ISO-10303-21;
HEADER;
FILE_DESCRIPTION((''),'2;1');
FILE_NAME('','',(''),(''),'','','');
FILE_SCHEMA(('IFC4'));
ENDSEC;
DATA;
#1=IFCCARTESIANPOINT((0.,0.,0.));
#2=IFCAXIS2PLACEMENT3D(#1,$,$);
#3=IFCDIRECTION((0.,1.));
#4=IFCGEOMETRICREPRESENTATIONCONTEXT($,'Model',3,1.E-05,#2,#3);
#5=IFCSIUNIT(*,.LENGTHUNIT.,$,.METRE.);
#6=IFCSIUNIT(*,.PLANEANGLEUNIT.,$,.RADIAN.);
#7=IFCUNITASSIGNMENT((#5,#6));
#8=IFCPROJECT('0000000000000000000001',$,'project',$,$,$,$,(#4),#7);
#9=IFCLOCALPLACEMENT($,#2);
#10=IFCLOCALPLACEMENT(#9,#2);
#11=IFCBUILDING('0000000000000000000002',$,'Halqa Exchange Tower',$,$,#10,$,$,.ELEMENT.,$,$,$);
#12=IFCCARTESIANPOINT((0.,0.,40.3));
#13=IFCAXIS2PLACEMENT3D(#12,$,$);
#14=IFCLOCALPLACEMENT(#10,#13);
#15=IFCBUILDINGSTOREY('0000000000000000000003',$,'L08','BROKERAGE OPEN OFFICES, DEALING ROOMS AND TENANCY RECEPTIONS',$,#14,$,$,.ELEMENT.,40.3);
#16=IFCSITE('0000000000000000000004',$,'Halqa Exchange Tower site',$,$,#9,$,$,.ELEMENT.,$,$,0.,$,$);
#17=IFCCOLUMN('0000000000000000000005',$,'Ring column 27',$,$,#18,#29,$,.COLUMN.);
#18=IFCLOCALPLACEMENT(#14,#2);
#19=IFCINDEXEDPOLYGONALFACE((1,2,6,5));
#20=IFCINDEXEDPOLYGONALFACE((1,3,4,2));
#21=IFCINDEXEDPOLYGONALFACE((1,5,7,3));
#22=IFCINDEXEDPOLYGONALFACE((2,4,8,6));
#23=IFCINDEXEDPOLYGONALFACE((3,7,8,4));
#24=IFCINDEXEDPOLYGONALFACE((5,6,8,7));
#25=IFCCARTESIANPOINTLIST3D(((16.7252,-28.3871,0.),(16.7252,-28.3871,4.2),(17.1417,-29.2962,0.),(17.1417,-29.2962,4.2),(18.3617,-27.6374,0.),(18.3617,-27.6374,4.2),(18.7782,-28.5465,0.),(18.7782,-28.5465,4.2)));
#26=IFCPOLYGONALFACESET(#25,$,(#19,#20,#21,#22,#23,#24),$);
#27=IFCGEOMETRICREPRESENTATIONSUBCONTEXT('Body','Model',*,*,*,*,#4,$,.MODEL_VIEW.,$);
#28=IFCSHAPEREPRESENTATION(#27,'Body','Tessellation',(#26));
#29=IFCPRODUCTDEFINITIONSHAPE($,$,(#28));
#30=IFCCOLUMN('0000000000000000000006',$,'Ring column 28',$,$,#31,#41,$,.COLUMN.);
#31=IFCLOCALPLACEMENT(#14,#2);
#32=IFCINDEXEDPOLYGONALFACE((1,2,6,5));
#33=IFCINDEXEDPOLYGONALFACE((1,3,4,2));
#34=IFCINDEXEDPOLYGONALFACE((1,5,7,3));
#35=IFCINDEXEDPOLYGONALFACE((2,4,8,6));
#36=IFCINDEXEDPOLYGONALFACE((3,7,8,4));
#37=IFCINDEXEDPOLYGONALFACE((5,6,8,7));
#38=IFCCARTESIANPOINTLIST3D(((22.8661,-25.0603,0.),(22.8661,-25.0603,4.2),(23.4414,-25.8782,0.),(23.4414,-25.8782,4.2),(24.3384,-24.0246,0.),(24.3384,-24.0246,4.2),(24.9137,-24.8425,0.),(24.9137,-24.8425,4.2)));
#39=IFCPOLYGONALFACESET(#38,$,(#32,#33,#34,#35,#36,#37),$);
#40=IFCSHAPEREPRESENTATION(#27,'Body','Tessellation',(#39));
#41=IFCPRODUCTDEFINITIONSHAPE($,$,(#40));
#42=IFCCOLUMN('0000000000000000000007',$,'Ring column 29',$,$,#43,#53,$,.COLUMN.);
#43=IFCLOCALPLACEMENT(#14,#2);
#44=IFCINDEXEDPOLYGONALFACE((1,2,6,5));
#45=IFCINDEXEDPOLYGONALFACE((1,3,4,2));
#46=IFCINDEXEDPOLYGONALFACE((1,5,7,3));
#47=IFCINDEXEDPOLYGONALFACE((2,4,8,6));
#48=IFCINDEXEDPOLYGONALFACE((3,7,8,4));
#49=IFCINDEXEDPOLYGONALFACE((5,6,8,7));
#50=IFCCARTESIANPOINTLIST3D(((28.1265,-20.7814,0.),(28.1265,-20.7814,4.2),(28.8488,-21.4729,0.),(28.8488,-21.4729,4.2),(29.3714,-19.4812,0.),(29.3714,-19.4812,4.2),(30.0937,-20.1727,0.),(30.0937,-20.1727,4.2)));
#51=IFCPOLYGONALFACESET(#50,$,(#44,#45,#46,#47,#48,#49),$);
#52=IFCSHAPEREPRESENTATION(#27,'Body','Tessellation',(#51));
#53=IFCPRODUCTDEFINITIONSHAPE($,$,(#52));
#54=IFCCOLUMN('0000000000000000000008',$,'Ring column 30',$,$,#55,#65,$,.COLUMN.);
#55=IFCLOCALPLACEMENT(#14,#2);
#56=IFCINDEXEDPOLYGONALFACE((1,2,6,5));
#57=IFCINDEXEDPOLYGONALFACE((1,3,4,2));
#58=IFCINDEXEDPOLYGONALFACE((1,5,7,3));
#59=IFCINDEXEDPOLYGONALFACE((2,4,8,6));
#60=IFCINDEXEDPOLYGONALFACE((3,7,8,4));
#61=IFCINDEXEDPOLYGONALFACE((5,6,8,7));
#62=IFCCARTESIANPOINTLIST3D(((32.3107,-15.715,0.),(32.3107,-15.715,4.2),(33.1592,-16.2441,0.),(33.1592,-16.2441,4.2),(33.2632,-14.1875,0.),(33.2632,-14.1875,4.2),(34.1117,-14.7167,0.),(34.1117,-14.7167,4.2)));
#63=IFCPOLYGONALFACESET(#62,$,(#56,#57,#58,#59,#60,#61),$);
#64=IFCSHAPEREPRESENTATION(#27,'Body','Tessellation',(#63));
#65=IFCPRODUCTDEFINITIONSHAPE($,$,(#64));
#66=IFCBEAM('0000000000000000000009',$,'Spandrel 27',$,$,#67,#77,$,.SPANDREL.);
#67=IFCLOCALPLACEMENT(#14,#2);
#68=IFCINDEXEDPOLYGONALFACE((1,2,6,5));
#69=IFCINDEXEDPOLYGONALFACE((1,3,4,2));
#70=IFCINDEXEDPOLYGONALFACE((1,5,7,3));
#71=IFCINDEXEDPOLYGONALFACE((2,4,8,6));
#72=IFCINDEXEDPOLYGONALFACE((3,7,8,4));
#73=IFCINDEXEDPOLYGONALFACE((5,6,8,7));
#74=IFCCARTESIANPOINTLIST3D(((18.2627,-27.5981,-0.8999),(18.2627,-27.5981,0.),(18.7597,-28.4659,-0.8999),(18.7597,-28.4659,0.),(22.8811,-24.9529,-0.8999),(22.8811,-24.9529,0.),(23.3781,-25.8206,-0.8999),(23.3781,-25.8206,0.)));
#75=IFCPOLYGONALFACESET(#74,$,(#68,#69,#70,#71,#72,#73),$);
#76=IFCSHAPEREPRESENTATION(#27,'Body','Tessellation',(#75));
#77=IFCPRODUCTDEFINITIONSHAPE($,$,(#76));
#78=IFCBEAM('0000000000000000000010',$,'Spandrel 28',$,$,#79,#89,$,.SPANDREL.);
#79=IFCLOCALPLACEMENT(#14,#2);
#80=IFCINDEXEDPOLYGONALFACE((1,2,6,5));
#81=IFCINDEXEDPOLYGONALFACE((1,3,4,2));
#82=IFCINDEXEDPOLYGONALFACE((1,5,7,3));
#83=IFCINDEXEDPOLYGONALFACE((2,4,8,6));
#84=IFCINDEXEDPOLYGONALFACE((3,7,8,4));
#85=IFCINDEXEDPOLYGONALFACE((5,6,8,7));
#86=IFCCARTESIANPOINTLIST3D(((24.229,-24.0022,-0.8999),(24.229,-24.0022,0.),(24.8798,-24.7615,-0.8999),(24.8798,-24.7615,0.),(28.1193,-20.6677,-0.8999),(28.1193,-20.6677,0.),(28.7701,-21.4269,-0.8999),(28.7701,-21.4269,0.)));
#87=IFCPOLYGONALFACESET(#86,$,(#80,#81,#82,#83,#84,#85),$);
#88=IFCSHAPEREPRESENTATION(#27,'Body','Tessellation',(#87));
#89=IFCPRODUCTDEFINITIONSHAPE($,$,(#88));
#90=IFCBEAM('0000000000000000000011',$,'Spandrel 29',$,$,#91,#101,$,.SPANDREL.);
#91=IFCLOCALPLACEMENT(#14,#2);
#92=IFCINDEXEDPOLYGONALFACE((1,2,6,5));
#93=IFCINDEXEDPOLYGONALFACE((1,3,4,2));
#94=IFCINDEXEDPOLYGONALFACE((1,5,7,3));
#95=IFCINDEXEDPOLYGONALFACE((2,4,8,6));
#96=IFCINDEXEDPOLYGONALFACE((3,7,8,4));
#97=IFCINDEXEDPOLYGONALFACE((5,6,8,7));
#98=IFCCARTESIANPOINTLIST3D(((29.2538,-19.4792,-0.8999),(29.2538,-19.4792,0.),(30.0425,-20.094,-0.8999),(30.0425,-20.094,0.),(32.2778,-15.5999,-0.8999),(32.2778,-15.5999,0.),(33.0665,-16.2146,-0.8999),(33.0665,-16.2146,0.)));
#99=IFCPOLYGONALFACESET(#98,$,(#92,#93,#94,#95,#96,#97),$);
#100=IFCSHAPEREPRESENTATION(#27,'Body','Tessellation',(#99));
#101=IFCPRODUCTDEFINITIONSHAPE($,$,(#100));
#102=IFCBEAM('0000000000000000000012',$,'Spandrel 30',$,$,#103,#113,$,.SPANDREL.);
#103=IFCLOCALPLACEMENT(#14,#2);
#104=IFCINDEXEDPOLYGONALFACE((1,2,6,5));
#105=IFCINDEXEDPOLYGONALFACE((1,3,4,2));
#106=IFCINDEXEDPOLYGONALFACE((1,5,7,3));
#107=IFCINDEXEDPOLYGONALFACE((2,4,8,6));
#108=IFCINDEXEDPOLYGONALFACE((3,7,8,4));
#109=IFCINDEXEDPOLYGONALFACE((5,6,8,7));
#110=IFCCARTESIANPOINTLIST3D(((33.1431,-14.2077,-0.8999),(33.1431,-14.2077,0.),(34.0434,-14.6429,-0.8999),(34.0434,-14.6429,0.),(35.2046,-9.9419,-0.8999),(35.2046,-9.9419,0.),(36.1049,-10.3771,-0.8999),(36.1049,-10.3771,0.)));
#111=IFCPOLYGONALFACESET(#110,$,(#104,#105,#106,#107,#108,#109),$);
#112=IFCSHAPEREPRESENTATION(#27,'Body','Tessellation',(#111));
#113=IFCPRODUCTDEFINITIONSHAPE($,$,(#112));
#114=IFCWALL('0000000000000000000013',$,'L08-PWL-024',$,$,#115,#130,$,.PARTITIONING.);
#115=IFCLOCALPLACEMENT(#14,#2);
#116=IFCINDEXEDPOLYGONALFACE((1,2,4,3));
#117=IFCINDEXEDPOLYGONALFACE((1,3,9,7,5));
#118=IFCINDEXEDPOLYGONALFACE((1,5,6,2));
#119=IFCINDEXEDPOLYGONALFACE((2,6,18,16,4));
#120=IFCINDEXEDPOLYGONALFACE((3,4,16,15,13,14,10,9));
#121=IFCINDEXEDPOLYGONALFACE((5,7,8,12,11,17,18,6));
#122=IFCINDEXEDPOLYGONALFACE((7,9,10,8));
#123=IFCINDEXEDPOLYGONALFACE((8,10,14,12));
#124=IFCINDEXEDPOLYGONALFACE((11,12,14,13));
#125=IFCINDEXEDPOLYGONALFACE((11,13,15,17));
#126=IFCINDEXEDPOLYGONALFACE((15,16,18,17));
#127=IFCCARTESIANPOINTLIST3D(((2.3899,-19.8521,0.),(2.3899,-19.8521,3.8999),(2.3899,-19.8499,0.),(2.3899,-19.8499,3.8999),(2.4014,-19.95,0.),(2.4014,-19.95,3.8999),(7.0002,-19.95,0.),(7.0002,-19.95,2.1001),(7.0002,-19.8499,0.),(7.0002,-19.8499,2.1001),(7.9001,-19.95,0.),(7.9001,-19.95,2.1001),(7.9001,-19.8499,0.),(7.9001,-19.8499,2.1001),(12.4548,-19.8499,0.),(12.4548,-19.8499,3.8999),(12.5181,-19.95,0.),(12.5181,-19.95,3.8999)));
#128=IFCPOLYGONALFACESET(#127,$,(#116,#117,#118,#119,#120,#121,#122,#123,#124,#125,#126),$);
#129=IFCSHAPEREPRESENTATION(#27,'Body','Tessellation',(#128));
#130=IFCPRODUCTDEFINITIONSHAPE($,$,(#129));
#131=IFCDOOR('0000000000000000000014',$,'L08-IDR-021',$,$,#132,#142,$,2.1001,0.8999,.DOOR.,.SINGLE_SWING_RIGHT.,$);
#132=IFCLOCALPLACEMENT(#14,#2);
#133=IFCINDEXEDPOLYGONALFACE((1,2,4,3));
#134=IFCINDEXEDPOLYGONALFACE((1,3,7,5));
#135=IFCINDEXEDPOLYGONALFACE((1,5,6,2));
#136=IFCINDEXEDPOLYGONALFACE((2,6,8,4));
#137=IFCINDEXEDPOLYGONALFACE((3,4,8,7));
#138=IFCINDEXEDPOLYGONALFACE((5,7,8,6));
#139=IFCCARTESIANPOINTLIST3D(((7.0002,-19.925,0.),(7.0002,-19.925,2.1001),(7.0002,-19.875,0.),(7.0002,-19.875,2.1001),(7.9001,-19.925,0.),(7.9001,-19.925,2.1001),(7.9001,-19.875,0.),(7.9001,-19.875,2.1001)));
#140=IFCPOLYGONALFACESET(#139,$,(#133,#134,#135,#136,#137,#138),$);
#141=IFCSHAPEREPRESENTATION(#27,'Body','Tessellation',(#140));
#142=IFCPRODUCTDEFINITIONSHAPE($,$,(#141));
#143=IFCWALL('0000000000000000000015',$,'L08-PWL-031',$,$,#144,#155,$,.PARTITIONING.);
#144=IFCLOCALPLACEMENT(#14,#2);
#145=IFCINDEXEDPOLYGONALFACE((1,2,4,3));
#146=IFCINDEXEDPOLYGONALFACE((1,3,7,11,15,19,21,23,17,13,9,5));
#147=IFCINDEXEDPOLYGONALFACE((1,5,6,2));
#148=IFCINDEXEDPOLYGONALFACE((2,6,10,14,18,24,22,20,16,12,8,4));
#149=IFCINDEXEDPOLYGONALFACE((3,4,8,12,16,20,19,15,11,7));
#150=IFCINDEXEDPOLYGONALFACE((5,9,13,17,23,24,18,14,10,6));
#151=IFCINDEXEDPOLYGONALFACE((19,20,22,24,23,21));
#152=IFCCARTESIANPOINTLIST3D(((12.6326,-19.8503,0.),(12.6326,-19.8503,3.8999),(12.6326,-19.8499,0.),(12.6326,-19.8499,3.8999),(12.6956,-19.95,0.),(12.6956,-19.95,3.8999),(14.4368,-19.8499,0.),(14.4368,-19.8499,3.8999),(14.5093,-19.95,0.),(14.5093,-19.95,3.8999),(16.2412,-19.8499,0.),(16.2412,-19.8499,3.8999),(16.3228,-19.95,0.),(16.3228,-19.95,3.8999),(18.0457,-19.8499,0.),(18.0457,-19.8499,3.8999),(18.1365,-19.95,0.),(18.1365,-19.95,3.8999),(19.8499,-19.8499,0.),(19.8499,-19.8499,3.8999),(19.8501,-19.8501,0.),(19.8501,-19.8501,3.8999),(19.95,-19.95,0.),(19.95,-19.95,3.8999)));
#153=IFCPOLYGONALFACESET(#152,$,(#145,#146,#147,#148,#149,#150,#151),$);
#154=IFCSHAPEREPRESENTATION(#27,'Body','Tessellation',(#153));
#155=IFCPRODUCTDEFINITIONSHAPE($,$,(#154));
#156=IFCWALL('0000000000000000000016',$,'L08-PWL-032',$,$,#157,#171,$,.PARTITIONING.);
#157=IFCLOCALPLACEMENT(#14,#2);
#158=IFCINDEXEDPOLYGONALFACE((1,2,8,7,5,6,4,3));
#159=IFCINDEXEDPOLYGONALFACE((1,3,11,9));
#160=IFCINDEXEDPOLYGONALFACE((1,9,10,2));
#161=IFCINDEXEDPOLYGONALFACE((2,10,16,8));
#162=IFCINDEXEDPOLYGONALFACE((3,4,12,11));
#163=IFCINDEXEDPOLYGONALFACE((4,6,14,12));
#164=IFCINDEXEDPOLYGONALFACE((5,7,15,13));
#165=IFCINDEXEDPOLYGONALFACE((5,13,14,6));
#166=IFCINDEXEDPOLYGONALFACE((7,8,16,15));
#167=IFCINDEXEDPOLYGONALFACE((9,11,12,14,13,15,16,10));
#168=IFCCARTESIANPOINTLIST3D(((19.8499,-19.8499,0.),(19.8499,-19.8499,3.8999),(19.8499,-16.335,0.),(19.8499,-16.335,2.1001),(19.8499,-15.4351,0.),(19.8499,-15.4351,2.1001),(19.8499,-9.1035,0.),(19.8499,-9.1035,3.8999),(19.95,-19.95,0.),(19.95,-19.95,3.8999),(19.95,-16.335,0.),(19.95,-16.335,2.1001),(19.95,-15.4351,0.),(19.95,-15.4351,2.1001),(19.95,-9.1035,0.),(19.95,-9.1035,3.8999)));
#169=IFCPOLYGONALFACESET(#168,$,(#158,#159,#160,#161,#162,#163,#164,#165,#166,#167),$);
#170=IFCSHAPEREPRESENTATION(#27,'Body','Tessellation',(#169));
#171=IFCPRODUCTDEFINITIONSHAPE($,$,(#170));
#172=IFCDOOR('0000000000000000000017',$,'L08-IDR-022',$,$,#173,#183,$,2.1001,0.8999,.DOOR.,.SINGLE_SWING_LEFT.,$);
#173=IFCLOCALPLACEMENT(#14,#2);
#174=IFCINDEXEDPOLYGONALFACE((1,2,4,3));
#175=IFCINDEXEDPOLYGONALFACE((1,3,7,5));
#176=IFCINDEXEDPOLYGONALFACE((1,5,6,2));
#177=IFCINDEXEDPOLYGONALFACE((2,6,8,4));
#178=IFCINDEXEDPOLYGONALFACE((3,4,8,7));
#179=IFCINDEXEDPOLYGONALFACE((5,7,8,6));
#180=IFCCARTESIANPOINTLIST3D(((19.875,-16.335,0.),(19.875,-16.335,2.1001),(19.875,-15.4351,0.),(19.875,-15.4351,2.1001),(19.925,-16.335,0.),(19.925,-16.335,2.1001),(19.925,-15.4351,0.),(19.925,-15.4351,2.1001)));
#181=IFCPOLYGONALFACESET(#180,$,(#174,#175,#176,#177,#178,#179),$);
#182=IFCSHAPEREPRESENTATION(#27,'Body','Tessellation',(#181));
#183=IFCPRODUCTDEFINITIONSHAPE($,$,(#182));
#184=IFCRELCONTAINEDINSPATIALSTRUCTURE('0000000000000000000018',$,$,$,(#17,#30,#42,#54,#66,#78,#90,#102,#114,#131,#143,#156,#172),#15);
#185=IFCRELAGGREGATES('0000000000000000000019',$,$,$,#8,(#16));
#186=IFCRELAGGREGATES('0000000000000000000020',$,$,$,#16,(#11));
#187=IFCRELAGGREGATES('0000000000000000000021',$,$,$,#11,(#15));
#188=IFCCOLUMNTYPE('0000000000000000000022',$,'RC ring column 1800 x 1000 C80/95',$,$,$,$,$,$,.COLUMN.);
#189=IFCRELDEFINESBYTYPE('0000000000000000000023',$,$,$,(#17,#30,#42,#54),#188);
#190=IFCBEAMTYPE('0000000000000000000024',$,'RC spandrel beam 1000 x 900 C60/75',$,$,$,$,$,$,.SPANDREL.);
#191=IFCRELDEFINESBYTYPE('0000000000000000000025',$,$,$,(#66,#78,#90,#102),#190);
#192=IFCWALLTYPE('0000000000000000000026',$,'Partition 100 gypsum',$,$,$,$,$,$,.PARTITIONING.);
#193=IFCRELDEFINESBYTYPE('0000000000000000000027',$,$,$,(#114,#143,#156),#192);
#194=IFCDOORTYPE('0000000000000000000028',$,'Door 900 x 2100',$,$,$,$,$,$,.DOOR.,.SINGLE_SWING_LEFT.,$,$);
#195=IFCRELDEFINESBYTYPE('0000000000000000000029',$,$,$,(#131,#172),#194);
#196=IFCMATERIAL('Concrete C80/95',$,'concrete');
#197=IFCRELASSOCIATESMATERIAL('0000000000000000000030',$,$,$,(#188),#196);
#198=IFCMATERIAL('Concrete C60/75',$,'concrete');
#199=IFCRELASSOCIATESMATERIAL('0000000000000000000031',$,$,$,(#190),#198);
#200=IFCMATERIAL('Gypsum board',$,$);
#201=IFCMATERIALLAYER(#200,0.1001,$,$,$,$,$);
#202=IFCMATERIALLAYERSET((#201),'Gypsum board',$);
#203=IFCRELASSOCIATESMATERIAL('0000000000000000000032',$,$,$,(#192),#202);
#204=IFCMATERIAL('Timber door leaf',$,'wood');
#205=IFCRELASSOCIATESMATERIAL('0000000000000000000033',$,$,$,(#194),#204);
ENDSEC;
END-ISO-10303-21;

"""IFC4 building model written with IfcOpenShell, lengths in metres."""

from ifc_helpers import new_model, si_unit, direction, frame, frame_2d, origin, origin_2d, place, context, subcontext, project, spatial, polyline, rectangle, outline, extrude, material, layer, layer_set, material_profile, profile_set, type_object, element, fill, save


model = new_model("IFC4")

# Units and contexts
model_context = context("Model", 3, precision=1e-05, world=origin(), true_north=direction((0.0, 1.0)))
body_context = subcontext(model_context, "Body", "Model", "MODEL_VIEW")
ifc_project = project(units=[si_unit("LENGTHUNIT", "METRE"), si_unit("PLANEANGLEUNIT", "RADIAN")], contexts=[model_context])

# Site, building, storey
site_placement = place(None, origin())
site = spatial("IfcSite", under=ifc_project, at=site_placement, Name="Halqa Exchange Tower site", CompositionType="ELEMENT", RefElevation=0.0)
building_placement = place(site_placement, origin())
building = spatial("IfcBuilding", under=site, at=building_placement, Name="Halqa Exchange Tower", CompositionType="ELEMENT")
storey_placement = place(building_placement, frame((0.0, 0.0, 40.3)))
storey = spatial("IfcBuildingStorey", under=building, at=storey_placement, Name="L08", Description="BROKERAGE OPEN OFFICES, DEALING ROOMS AND TENANCY RECEPTIONS", CompositionType="ELEMENT", Elevation=40.3)

# Columns
ifc_material_1 = material(Name="Concrete C80/95", Category="concrete")
ifc_material_profile_1 = material_profile(ifc_material_1, rectangle(XDim=1.8, YDim=1.0, at=origin_2d()), Name="1800 x 1000")
ifc_profile_set_1 = profile_set([ifc_material_profile_1], Name="Concrete C80/95")
column_type = type_object("IfcColumnType", Name="RC ring column 1800 x 1000 C80/95", PredefinedType="COLUMN", material=ifc_profile_set_1)
for number, where, z_axis, x_axis, name in (
    (1, (17.7517, -28.4668, 0.0), (0.0, 0.0, 1.0), (0.909128, 0.416517, 0.0), "Ring column 27"),
    (2, (23.8899, -24.9514, 0.0), (0.0, 0.0, 1.0), (0.817912, 0.575344, 0.0), "Ring column 28"),
    (3, (29.1101, -20.4771, 0.0), (0.0, 0.0, 1.0), (0.691575, 0.722305, 0.0), "Ring column 29"),
    (4, (33.2112, -15.2158, 0.0), (0.0, 0.0, 1.0), (0.529142, 0.848533, 0.0), "Ring column 30"),
):
    element("IfcColumn", number, at=place(storey_placement, frame(where, z_axis=z_axis, x_axis=x_axis)), inside=storey, type_object=column_type, Name=name, PredefinedType="COLUMN", context=body_context, shape_type="SweptSolid", body=[
        extrude(rectangle(XDim=1.8, YDim=1.0, at=origin_2d()), origin(), (0.0, 0.0, 1.0), 4.2),
    ])

# Beams
ifc_material_2 = material(Name="Concrete C60/75", Category="concrete")
ifc_material_profile_2 = material_profile(ifc_material_2, rectangle(XDim=1.0, YDim=0.8999, at=origin_2d()), Name="1000 x 900")
ifc_profile_set_2 = profile_set([ifc_material_profile_2], Name="Concrete C60/75")
beam_type = type_object("IfcBeamType", Name="RC spandrel beam 1000 x 900 C60/75", PredefinedType="SPANDREL", material=ifc_profile_set_2)
beam_1_placement = place(storey_placement, frame((18.5112, -28.032, -0.45), z_axis=(0.867743, 0.497013, 0.0), x_axis=(-0.497013, 0.867743, 0.0)))
element("IfcBeam", 5, at=beam_1_placement, inside=storey, type_object=beam_type, Name="Spandrel 27", PredefinedType="SPANDREL", context=body_context, shape_type="SweptSolid", body=[
    extrude(rectangle(XDim=1.0, YDim=0.8999, at=origin_2d()), origin(), (0.0, 0.0, 1.0), 5.3223),
])
beam_2_placement = place(storey_placement, frame((24.5544, -24.3818, -0.45), z_axis=(0.75925, 0.650799, 0.0), x_axis=(-0.650799, 0.75925, 0.0)))
element("IfcBeam", 6, at=beam_2_placement, inside=storey, type_object=beam_type, Name="Spandrel 28", PredefinedType="SPANDREL", context=body_context, shape_type="SweptSolid", body=[
    extrude(rectangle(XDim=1.0, YDim=0.8999, at=origin_2d()), origin(), (0.0, 0.0, 1.0), 5.1238),
])
beam_3_placement = place(storey_placement, frame((29.6482, -19.7866, -0.45), z_axis=(0.614779, 0.7887, 0.0), x_axis=(-0.7887, 0.614779, 0.0)))
element("IfcBeam", 7, at=beam_3_placement, inside=storey, type_object=beam_type, Name="Spandrel 29", PredefinedType="SPANDREL", context=body_context, shape_type="SweptSolid", body=[
    extrude(rectangle(XDim=1.0, YDim=0.8999, at=origin_2d()), origin(), (0.0, 0.0, 1.0), 4.9187),
])
beam_4_placement = place(storey_placement, frame((33.5933, -14.4253, -0.45), z_axis=(0.435115, 0.900375, 0.0), x_axis=(-0.900375, 0.435115, 0.0)))
element("IfcBeam", 8, at=beam_4_placement, inside=storey, type_object=beam_type, Name="Spandrel 30", PredefinedType="SPANDREL", context=body_context, shape_type="SweptSolid", body=[
    extrude(rectangle(XDim=1.0, YDim=0.8999, at=origin_2d()), origin(), (0.0, 0.0, 1.0), 4.7378),
])

# Wall, opening, door
ifc_material_3 = material(Name="Gypsum board")
ifc_layer_1 = layer(ifc_material_3, 0.1001)
ifc_layer_set_1 = layer_set([ifc_layer_1], Name="Gypsum board")
wall_type_1 = type_object("IfcWallType", Name="Partition 100 gypsum", PredefinedType="PARTITIONING", material=ifc_layer_set_1)
wall_1_placement = place(storey_placement, frame((12.5181, -19.8999, 0.0), z_axis=(0.0, 0.0, 1.0), x_axis=(-1.0, 0.0, 0.0)))
wall_1 = element("IfcWall", 9, at=wall_1_placement, inside=storey, type_object=wall_type_1, Name="L08-PWL-024", PredefinedType="PARTITIONING", context=body_context, shape_type="SweptSolid", body=[
    extrude(outline(polyline([(10.1282, -0.05), (10.1282, -0.0479), (10.1167, 0.05), (8.4307, 0.05), (6.7446, 0.05), (5.0583, 0.05), (3.3723, 0.05), (1.686, 0.05), (0.0, 0.05), (0.0, 0.05), (0.0632, -0.05), (1.7407, -0.05), (3.4182, -0.05), (5.0957, -0.05), (6.7732, -0.05), (8.4507, -0.05), (10.1282, -0.05)])), origin(), (0.0, 0.0, 1.0), 3.8999),
])
opening_1_placement = place(wall_1_placement, frame((4.6179, 0.0, 0.0)))
opening_1 = element("IfcOpeningElement", 10, at=opening_1_placement, cuts=wall_1, PredefinedType="OPENING", context=body_context, shape_type="SweptSolid", body=[
    extrude(rectangle(XDim=0.8999, YDim=2.1001, at=frame_2d((0.45, 1.05))), frame((0.0, 0.062, 0.0), z_axis=(0.0, -1.0, 0.0), x_axis=(1.0, 0.0, 0.0)), (0.0, 0.0, 1.0), 0.124),
])
ifc_material_4 = material(Name="Timber door leaf", Category="wood")
door_type_1 = type_object("IfcDoorType", Name="Door 900 x 2100", OperationType="SINGLE_SWING_LEFT", PredefinedType="DOOR", material=ifc_material_4)
door_1_placement = place(opening_1_placement, frame((0.8999, 0.0, 0.0), z_axis=(0.0, 0.0, 1.0), x_axis=(-1.0, 0.0, 0.0)))
door_1 = element("IfcDoor", 11, at=door_1_placement, inside=storey, type_object=door_type_1, Name="L08-IDR-021", OperationType="SINGLE_SWING_RIGHT", OverallHeight=2.1001, OverallWidth=0.8999, PredefinedType="DOOR", context=body_context, shape_type="SweptSolid", body=[
    extrude(rectangle(XDim=0.8999, YDim=2.1001, at=frame_2d((0.45, 1.05))), frame((0.0, 0.0249, 0.0), z_axis=(0.0, -1.0, 0.0), x_axis=(1.0, 0.0, 0.0)), (0.0, 0.0, 1.0), 0.05),
])
fill(opening_1, door_1)

# Wall
wall_2_placement = place(storey_placement, frame((19.95, -19.8999, 0.0), z_axis=(0.0, 0.0, 1.0), x_axis=(-1.0, 0.0, 0.0)))
element("IfcWall", 12, at=wall_2_placement, inside=storey, type_object=wall_type_1, Name="L08-PWL-031", PredefinedType="PARTITIONING", context=body_context, shape_type="SweptSolid", body=[
    extrude(outline(polyline([(7.3174, -0.05), (7.3174, -0.0496), (7.2544, 0.05), (5.4407, 0.05), (3.6272, 0.05), (1.8135, 0.05), (0.0, 0.05), (0.0999, -0.0498), (0.1001, -0.05), (1.9043, -0.05), (3.7087, -0.05), (5.5132, -0.05), (7.3174, -0.05)])), origin(), (0.0, 0.0, 1.0), 3.8999),
])

# Wall, opening, door
wall_3_placement = place(storey_placement, frame((19.8999, -19.95, 0.0), z_axis=(0.0, 0.0, 1.0), x_axis=(0.0, 1.0, 0.0)))
wall_3 = element("IfcWall", 13, at=wall_3_placement, inside=storey, type_object=wall_type_1, Name="L08-PWL-032", PredefinedType="PARTITIONING", context=body_context, shape_type="SweptSolid", body=[
    extrude(outline(polyline([(10.8464, 0.05), (9.0554, 0.05), (7.2644, 0.05), (5.4731, 0.05), (3.6821, 0.05), (1.8911, 0.05), (0.1001, 0.05), (0.0, -0.05), (1.8076, -0.05), (3.6155, -0.05), (5.4233, -0.05), (7.231, -0.05), (9.0386, -0.05), (10.8464, -0.05), (10.8464, 0.05)])), origin(), (0.0, 0.0, 1.0), 3.8999),
])
opening_2_placement = place(wall_3_placement, frame((3.615, 0.0, 0.0)))
opening_2 = element("IfcOpeningElement", 14, at=opening_2_placement, cuts=wall_3, PredefinedType="OPENING", context=body_context, shape_type="SweptSolid", body=[
    extrude(rectangle(XDim=0.8999, YDim=2.1001, at=frame_2d((0.45, 1.05))), frame((0.0, 0.062, 0.0), z_axis=(0.0, -1.0, 0.0), x_axis=(1.0, 0.0, 0.0)), (0.0, 0.0, 1.0), 0.124),
])
door_2_placement = place(opening_2_placement, origin())
door_2 = element("IfcDoor", 15, at=door_2_placement, inside=storey, type_object=door_type_1, Name="L08-IDR-022", OperationType="SINGLE_SWING_LEFT", OverallHeight=2.1001, OverallWidth=0.8999, PredefinedType="DOOR", context=body_context, shape_type="SweptSolid", body=[
    extrude(rectangle(XDim=0.8999, YDim=2.1001, at=frame_2d((0.45, 1.05))), frame((0.0, 0.0249, 0.0), z_axis=(0.0, -1.0, 0.0), x_axis=(1.0, 0.0, 0.0)), (0.0, 0.0, 1.0), 0.05),
])
fill(opening_2, door_2)

save(model, "model.ifc")
